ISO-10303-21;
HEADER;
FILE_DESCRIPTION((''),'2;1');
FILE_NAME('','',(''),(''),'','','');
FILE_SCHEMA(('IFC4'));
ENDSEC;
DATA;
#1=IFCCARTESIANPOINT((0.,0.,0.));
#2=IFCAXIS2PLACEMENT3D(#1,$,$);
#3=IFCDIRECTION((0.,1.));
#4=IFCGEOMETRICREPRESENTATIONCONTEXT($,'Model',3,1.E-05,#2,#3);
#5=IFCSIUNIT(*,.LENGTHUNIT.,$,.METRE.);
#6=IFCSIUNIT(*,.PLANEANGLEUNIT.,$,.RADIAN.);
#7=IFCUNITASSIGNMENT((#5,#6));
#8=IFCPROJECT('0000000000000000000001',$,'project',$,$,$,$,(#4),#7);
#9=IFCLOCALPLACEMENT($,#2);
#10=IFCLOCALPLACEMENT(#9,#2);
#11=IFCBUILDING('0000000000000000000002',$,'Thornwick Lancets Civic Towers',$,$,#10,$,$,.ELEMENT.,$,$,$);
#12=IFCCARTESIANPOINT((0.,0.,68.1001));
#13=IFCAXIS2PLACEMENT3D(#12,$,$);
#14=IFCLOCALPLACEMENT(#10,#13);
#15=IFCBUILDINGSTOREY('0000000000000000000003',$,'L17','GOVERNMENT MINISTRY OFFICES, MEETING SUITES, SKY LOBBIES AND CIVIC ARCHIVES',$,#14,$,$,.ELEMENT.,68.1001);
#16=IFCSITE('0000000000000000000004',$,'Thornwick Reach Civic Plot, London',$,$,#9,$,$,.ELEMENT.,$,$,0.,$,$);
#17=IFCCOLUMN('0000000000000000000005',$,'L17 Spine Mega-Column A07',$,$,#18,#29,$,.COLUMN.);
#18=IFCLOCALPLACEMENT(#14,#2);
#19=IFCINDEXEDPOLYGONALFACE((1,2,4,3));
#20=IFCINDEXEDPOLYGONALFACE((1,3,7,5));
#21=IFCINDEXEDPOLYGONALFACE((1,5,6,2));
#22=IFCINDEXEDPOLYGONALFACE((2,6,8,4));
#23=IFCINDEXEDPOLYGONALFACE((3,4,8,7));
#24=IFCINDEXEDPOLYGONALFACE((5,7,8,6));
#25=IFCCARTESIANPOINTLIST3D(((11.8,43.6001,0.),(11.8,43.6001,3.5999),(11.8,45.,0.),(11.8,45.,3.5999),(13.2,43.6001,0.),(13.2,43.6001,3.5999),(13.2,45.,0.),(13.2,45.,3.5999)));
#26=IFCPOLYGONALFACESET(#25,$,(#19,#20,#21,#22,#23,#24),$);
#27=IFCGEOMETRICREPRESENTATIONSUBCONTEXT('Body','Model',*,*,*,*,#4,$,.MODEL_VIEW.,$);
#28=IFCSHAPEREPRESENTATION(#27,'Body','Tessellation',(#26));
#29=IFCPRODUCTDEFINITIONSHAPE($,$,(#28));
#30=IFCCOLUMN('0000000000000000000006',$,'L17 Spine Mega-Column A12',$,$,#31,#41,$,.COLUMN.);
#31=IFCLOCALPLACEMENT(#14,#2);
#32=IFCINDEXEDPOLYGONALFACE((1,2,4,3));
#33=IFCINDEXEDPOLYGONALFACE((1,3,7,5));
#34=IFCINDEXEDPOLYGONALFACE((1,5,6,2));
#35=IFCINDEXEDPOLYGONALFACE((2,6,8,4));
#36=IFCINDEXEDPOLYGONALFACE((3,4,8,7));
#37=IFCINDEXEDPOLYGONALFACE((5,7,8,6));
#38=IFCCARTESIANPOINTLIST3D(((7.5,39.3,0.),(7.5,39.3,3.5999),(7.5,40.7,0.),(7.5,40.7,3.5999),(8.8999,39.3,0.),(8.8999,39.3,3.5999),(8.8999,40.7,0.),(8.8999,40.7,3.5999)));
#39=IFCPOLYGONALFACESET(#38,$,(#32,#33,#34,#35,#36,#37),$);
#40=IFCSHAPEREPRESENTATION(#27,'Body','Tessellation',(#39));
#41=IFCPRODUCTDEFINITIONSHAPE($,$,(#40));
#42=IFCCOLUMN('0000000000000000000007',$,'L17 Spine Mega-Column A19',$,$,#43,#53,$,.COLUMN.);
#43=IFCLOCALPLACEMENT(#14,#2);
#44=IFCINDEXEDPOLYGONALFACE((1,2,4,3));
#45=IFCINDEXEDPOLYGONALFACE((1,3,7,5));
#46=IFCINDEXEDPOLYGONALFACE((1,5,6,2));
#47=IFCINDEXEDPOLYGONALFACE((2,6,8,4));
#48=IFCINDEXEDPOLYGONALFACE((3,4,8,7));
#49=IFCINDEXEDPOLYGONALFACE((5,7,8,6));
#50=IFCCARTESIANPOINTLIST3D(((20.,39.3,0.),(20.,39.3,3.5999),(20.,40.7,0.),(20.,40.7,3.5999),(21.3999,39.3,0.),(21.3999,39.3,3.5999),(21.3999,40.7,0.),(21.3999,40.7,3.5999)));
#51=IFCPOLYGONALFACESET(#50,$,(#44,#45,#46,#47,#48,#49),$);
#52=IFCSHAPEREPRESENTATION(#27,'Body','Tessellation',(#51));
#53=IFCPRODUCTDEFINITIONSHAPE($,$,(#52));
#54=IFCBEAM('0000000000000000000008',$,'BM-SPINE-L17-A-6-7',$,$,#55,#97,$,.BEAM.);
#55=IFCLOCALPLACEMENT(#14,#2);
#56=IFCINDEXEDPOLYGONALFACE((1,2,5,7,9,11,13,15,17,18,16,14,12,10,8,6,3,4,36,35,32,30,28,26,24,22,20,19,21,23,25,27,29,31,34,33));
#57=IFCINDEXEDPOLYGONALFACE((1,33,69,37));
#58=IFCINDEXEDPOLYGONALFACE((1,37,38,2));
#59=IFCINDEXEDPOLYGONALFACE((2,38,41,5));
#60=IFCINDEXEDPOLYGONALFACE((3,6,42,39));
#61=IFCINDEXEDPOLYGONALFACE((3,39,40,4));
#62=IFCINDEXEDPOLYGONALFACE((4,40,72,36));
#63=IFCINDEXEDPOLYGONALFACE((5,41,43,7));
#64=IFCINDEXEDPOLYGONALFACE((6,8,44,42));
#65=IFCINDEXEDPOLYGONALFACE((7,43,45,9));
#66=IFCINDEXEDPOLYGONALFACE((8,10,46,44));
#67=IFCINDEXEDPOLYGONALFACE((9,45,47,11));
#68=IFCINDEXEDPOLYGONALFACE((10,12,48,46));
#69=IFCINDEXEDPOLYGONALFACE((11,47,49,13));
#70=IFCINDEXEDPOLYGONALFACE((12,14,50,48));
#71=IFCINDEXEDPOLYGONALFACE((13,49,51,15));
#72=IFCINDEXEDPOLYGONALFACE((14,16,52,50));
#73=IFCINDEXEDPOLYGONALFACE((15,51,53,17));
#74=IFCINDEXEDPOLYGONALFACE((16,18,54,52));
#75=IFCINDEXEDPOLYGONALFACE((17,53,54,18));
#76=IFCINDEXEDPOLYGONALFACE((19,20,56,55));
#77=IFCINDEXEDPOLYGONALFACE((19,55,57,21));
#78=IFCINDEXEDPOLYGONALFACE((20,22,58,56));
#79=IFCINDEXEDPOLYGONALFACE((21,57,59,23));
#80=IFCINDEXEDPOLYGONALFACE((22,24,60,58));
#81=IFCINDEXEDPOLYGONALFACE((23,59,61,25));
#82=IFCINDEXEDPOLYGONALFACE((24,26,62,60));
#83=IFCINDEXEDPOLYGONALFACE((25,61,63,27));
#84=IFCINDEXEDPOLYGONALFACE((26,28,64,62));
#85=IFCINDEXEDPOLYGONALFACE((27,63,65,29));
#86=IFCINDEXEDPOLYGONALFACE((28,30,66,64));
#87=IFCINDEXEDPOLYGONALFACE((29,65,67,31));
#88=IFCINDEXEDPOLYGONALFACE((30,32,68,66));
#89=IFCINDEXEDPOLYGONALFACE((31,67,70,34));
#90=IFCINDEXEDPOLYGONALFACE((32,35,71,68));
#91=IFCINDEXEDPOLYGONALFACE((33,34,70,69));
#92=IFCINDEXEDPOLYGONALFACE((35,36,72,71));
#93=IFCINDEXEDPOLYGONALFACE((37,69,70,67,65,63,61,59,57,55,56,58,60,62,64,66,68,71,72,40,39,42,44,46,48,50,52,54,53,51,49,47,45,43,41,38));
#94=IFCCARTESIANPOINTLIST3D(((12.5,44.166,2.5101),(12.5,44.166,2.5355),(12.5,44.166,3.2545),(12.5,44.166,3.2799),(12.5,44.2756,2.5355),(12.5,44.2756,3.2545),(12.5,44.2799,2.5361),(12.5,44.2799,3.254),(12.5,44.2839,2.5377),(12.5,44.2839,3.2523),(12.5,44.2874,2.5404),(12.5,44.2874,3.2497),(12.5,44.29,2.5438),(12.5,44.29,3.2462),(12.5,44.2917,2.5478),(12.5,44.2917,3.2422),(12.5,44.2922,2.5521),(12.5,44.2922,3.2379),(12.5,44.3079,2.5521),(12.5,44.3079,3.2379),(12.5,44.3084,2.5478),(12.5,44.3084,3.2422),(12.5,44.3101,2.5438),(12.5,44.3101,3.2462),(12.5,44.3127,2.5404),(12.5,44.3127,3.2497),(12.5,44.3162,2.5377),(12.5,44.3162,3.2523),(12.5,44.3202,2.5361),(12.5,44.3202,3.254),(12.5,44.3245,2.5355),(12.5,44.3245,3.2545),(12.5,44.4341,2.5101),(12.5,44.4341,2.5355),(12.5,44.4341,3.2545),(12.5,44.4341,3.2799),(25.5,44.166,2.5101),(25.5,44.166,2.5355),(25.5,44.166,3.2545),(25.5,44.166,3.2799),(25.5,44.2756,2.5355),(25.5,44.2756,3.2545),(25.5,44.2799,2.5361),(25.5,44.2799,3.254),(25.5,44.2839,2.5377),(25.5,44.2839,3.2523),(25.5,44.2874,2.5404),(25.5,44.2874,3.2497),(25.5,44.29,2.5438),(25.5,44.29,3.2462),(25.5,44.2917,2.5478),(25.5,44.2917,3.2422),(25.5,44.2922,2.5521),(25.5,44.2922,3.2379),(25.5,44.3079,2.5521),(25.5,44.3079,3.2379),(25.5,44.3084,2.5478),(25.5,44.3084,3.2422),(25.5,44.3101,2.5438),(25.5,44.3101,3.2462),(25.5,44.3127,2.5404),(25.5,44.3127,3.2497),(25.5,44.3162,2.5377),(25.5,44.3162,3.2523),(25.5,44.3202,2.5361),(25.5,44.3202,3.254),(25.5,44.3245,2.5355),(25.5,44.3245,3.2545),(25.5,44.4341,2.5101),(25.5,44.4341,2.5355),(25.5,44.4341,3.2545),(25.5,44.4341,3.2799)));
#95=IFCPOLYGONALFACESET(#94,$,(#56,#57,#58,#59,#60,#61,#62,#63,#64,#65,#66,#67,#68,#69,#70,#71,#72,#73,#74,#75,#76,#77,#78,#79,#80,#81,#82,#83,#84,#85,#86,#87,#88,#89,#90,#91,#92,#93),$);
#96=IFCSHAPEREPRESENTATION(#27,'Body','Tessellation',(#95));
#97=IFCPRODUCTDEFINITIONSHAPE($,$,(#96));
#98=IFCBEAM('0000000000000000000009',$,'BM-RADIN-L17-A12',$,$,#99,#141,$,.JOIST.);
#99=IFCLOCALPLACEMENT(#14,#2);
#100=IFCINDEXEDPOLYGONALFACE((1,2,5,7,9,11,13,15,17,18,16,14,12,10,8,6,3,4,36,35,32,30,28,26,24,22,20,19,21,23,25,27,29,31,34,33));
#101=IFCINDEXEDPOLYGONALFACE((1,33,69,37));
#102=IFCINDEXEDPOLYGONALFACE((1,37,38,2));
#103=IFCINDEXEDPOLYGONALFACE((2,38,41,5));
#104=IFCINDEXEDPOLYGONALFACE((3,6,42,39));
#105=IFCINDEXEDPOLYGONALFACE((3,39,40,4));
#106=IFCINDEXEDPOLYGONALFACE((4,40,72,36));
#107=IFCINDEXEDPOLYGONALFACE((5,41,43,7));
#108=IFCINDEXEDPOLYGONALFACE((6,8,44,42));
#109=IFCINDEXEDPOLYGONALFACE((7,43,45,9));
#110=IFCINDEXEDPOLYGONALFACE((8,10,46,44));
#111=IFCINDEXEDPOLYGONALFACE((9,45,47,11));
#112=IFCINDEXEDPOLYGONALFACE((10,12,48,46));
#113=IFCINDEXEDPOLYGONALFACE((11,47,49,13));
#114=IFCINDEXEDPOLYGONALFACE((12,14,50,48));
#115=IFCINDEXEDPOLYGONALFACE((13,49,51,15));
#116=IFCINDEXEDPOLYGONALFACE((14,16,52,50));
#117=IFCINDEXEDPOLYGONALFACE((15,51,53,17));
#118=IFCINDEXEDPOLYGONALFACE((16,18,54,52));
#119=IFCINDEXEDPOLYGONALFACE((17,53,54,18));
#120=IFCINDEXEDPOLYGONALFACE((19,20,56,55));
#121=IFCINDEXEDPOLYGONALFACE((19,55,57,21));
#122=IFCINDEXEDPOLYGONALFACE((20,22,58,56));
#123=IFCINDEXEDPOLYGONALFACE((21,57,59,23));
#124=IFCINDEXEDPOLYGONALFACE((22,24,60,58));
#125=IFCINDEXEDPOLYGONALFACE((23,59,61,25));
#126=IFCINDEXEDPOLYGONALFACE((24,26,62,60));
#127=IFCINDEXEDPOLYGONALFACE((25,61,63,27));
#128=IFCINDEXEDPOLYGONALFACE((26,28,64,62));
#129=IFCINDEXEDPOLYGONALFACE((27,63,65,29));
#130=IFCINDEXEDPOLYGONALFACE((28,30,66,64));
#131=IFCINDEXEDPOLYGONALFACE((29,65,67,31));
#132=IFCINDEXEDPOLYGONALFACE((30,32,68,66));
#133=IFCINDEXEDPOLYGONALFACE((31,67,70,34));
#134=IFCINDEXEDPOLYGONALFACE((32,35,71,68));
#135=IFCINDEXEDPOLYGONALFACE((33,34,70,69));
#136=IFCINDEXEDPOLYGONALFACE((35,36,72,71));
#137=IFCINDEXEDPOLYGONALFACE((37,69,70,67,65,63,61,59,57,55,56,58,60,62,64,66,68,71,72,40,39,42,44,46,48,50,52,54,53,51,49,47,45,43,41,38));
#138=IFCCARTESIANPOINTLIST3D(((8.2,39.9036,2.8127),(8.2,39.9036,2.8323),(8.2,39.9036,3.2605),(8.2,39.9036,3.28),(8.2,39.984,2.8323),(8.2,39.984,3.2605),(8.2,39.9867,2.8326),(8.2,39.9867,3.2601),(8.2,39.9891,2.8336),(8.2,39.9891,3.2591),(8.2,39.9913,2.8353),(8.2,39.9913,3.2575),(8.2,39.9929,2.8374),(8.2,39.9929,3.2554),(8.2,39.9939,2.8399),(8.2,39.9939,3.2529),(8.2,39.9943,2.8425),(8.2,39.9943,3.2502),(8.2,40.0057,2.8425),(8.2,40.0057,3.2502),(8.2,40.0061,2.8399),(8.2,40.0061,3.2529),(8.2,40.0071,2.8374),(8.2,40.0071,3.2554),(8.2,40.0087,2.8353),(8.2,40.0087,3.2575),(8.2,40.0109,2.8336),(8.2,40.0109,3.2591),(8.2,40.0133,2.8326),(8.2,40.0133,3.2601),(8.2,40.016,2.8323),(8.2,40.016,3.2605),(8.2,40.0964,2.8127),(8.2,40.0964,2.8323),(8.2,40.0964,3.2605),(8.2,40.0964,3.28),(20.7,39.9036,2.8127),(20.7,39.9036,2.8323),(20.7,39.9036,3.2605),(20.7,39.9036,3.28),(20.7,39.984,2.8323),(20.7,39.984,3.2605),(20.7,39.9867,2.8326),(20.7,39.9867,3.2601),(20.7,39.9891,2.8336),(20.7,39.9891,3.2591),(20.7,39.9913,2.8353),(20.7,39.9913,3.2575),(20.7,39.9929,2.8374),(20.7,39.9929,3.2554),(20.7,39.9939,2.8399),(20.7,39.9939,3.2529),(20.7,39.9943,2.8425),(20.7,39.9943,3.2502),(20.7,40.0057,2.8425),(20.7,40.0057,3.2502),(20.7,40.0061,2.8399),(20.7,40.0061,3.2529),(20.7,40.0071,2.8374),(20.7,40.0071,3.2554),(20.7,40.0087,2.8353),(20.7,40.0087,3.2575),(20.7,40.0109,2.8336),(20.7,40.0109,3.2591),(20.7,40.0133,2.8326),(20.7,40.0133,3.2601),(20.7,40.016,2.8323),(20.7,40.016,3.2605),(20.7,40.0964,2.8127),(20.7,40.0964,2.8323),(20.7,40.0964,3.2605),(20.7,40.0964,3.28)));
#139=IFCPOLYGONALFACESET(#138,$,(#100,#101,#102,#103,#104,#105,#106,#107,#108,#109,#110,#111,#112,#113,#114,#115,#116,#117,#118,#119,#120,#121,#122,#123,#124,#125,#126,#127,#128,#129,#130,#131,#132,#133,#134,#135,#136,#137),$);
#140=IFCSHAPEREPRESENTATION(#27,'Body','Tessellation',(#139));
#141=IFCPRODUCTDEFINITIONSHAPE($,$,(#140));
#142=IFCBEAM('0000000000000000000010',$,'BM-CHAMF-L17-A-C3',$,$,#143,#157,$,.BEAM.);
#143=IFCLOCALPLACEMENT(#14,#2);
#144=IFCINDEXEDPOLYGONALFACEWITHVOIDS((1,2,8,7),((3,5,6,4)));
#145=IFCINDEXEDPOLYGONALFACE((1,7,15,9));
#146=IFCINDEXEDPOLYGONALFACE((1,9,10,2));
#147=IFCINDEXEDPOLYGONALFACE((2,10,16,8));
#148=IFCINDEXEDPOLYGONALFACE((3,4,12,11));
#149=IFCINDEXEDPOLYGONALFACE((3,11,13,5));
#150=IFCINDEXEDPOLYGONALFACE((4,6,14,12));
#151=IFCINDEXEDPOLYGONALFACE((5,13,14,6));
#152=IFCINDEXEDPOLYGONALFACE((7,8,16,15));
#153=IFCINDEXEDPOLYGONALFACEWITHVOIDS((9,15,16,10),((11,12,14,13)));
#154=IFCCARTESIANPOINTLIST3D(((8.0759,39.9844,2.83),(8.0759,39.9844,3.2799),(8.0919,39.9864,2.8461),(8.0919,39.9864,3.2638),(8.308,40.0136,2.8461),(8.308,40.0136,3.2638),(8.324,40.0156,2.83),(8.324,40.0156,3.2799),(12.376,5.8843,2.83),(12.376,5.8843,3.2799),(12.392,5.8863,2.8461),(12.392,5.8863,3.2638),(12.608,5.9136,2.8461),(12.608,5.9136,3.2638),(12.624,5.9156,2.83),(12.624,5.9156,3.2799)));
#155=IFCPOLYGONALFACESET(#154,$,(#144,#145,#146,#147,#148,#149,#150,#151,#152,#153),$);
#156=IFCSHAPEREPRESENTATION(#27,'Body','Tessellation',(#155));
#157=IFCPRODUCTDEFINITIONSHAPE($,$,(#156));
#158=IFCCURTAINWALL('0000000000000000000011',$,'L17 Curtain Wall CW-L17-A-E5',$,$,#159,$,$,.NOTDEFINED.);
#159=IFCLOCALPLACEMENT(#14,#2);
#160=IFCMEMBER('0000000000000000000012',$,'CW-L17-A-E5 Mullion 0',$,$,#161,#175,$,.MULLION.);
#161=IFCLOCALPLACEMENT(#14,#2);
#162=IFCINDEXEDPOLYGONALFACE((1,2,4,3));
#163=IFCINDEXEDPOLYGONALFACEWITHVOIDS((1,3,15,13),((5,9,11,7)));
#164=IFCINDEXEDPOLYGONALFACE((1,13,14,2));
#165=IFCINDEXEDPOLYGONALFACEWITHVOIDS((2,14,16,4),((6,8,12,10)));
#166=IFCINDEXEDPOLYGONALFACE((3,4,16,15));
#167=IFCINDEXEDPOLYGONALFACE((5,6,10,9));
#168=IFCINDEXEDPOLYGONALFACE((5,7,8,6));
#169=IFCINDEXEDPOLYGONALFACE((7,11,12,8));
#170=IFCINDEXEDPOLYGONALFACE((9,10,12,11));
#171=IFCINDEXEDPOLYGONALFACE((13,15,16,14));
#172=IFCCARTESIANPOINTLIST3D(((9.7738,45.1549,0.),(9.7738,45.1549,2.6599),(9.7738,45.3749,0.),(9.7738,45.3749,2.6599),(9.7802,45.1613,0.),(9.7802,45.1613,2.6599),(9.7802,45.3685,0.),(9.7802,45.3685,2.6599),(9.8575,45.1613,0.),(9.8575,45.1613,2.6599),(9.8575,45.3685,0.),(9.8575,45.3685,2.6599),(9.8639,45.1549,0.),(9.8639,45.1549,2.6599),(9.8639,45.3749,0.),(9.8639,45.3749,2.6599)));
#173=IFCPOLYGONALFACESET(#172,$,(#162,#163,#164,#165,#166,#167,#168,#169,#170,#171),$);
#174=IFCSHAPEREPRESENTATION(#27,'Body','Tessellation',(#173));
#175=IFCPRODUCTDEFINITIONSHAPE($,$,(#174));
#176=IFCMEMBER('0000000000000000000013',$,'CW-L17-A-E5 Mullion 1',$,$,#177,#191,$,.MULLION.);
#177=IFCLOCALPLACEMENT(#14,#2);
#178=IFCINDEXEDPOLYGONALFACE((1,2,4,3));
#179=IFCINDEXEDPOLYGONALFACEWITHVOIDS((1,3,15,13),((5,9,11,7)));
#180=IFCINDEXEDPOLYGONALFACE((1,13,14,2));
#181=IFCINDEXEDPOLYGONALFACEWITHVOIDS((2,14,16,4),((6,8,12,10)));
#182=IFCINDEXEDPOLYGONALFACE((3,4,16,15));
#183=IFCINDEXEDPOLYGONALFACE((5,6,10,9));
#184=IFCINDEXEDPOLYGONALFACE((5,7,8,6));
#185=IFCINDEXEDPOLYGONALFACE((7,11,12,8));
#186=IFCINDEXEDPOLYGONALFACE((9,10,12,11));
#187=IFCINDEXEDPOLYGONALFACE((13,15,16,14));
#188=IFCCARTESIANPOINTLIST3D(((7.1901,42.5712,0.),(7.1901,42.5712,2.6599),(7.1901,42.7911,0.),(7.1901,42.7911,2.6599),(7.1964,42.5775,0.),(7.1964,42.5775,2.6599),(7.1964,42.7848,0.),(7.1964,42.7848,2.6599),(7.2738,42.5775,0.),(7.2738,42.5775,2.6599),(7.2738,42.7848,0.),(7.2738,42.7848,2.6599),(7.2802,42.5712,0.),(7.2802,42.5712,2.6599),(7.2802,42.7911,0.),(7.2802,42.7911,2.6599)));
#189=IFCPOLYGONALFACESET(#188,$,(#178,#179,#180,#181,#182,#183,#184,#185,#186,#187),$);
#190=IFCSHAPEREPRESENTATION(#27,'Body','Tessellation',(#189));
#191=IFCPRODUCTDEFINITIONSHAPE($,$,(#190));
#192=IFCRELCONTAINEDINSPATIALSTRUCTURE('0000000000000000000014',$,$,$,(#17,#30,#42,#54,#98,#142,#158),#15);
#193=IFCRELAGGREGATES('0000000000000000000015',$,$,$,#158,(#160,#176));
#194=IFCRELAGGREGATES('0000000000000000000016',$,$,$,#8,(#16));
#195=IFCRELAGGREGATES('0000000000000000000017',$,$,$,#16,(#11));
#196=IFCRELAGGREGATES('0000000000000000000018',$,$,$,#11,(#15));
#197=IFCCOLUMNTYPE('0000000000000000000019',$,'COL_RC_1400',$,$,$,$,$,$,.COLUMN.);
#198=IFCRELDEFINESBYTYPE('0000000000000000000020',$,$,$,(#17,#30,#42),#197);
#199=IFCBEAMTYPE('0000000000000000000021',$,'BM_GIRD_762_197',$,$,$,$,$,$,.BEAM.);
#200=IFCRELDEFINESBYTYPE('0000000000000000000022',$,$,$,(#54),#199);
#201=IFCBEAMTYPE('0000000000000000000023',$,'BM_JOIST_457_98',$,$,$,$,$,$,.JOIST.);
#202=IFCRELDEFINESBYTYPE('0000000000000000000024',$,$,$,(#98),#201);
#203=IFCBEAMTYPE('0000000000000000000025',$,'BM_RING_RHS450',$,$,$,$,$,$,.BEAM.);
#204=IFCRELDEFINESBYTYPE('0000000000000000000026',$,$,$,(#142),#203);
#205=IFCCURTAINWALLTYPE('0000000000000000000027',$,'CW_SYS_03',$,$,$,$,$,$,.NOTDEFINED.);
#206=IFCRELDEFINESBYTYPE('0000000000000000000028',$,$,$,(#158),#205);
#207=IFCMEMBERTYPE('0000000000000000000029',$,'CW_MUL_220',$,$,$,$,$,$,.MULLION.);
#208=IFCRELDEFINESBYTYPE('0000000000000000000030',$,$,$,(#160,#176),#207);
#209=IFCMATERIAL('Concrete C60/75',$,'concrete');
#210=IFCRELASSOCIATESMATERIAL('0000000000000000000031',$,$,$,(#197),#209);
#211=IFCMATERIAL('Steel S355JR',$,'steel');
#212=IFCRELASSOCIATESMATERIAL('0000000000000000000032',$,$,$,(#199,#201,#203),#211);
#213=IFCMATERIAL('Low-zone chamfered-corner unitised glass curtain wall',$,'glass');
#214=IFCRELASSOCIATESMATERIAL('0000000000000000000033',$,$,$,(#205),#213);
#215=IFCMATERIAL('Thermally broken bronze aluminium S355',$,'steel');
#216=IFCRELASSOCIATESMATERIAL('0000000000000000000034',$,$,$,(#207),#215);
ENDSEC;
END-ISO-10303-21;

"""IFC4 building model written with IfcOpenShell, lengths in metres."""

from ifc_helpers import new_model, si_unit, direction, frame, origin, origin_2d, place, context, subcontext, project, spatial, rectangle, hollow_rectangle, i_section, extrude, material, material_profile, profile_set, type_object, element, aggregate, save


model = new_model("IFC4")

# Units and contexts
model_context = context("Model", 3, precision=1e-05, world=origin(), true_north=direction((0.0, 1.0)))
body_context = subcontext(model_context, "Body", "Model", "MODEL_VIEW")
ifc_project = project(units=[si_unit("LENGTHUNIT", "METRE"), si_unit("PLANEANGLEUNIT", "RADIAN")], contexts=[model_context])

# Site, building, storey
site_placement = place(None, origin())
site = spatial("IfcSite", under=ifc_project, at=site_placement, Name="Thornwick Reach Civic Plot, London", CompositionType="ELEMENT", RefElevation=0.0)
building_placement = place(site_placement, origin())
building = spatial("IfcBuilding", under=site, at=building_placement, Name="Thornwick Lancets Civic Towers", CompositionType="ELEMENT")
storey_placement = place(building_placement, frame((0.0, 0.0, 68.1001)))
storey = spatial("IfcBuildingStorey", under=building, at=storey_placement, Name="L17", Description="GOVERNMENT MINISTRY OFFICES, MEETING SUITES, SKY LOBBIES AND CIVIC ARCHIVES", CompositionType="ELEMENT", Elevation=68.1001)

# Columns
ifc_material_1 = material(Name="Concrete C60/75", Category="concrete")
ifc_material_profile_1 = material_profile(ifc_material_1, rectangle(XDim=1.3999, YDim=1.3999, at=origin_2d()), Name="RC 1400x1400")
ifc_profile_set_1 = profile_set([ifc_material_profile_1], Name="Concrete C60/75")
column_type = type_object("IfcColumnType", Name="COL_RC_1400", PredefinedType="COLUMN", material=ifc_profile_set_1)
for number, where, z_axis, x_axis, name in (
    (1, (12.5, 44.3, 0.0), (0.0, 0.0, 1.0), (1.0, 0.0, 0.0), "L17 Spine Mega-Column A07"),
    (2, (8.2, 40.0, 0.0), (0.0, 0.0, 1.0), (1.0, 0.0, 0.0), "L17 Spine Mega-Column A12"),
    (3, (20.7, 40.0, 0.0), (0.0, 0.0, 1.0), (1.0, 0.0, 0.0), "L17 Spine Mega-Column A19"),
):
    element("IfcColumn", number, at=place(storey_placement, frame(where, z_axis=z_axis, x_axis=x_axis)), inside=storey, type_object=column_type, Name=name, PredefinedType="COLUMN", context=body_context, shape_type="SweptSolid", body=[
        extrude(rectangle(XDim=1.3999, YDim=1.3999, at=origin_2d()), origin(), (0.0, 0.0, 1.0), 3.5999),
    ])

# Beams
ifc_material_2 = material(Name="Steel S355JR", Category="steel")
ifc_material_profile_2 = material_profile(ifc_material_2, i_section(OverallWidth=0.2681, OverallDepth=0.7698, WebThickness=0.0156, FlangeThickness=0.0254, FilletRadius=0.0166, at=origin_2d()), Name="UKB 762x267x197")
ifc_profile_set_2 = profile_set([ifc_material_profile_2], Name="Steel S355JR")
beam_type_1 = type_object("IfcBeamType", Name="BM_GIRD_762_197", PredefinedType="BEAM", material=ifc_profile_set_2)
beam_1_placement = place(storey_placement, frame((12.5, 44.3, 2.895), z_axis=(1.0, 0.0, 0.0), x_axis=(0.0, 1.0, 0.0)))
element("IfcBeam", 4, at=beam_1_placement, inside=storey, type_object=beam_type_1, Name="BM-SPINE-L17-A-6-7", PredefinedType="BEAM", context=body_context, shape_type="SweptSolid", body=[
    extrude(i_section(OverallWidth=0.2681, OverallDepth=0.7698, WebThickness=0.0156, FlangeThickness=0.0254, FilletRadius=0.0166, at=origin_2d()), origin(), (0.0, 0.0, 1.0), 13.0),
])
ifc_material_profile_3 = material_profile(ifc_material_2, i_section(OverallWidth=0.1929, OverallDepth=0.4673, WebThickness=0.0115, FlangeThickness=0.0195, FilletRadius=0.0103, at=origin_2d()), Name="UKB 457x191x98")
ifc_profile_set_3 = profile_set([ifc_material_profile_3], Name="Steel S355JR")
beam_type_2 = type_object("IfcBeamType", Name="BM_JOIST_457_98", PredefinedType="JOIST", material=ifc_profile_set_3)
beam_2_placement = place(storey_placement, frame((20.7, 40.0, 3.0464), z_axis=(-1.0, 0.0, 0.0), x_axis=(0.0, -1.0, 0.0)))
element("IfcBeam", 5, at=beam_2_placement, inside=storey, type_object=beam_type_2, Name="BM-RADIN-L17-A12", PredefinedType="JOIST", context=body_context, shape_type="SweptSolid", body=[
    extrude(i_section(OverallWidth=0.1929, OverallDepth=0.4673, WebThickness=0.0115, FlangeThickness=0.0195, FilletRadius=0.0103, at=origin_2d()), origin(), (0.0, 0.0, 1.0), 12.5),
])
ifc_material_profile_4 = material_profile(ifc_material_2, hollow_rectangle(XDim=0.25, YDim=0.45, WallThickness=0.0161, at=origin_2d()), Name="RHS 450x250x16")
ifc_profile_set_4 = profile_set([ifc_material_profile_4], Name="Steel S355JR")
beam_type_3 = type_object("IfcBeamType", Name="BM_RING_RHS450", PredefinedType="BEAM", material=ifc_profile_set_4)
beam_3_placement = place(storey_placement, frame((8.2, 40.0, 3.0549), z_axis=(0.12511, -0.992143, 0.0), x_axis=(0.992143, 0.12511, 0.0)))
element("IfcBeam", 6, at=beam_3_placement, inside=storey, type_object=beam_type_3, Name="BM-CHAMF-L17-A-C3", PredefinedType="BEAM", context=body_context, shape_type="SweptSolid", body=[
    extrude(hollow_rectangle(XDim=0.25, YDim=0.45, WallThickness=0.0161, at=origin_2d()), origin(), (0.0, 0.0, 1.0), 34.3701),
])

# Curtain wall, members
ifc_material_3 = material(Name="Low-zone chamfered-corner unitised glass curtain wall", Category="glass")
curtain_wall_type = type_object("IfcCurtainWallType", Name="CW_SYS_03", PredefinedType="NOTDEFINED", material=ifc_material_3)
curtain_wall_placement = place(storey_placement, origin())
curtain_wall = element("IfcCurtainWall", 7, at=curtain_wall_placement, inside=storey, type_object=curtain_wall_type, Name="L17 Curtain Wall CW-L17-A-E5", PredefinedType="NOTDEFINED")
ifc_material_4 = material(Name="Thermally broken bronze aluminium S355", Category="steel")
ifc_material_profile_5 = material_profile(ifc_material_4, hollow_rectangle(XDim=0.0901, YDim=0.22, WallThickness=0.0063, at=origin_2d()), Name="RHS 220x90x6.3")
ifc_profile_set_5 = profile_set([ifc_material_profile_5], Name="Thermally broken bronze aluminium S355")
member_type_1 = type_object("IfcMemberType", Name="CW_MUL_220", PredefinedType="MULLION", material=ifc_profile_set_5)
member_1_placement = place(storey_placement, frame((9.8188, 45.2649, 0.0), z_axis=(0.0, 0.0, 1.0), x_axis=(1.0, 0.0, 0.0)))
member_1 = element("IfcMember", 8, at=member_1_placement, type_object=member_type_1, Name="CW-L17-A-E5 Mullion 0", PredefinedType="MULLION", context=body_context, shape_type="SweptSolid", body=[
    extrude(hollow_rectangle(XDim=0.0901, YDim=0.22, WallThickness=0.0063, at=origin_2d()), origin(), (0.0, 0.0, 1.0), 2.6599),
])
member_2_placement = place(storey_placement, frame((7.2351, 42.6812, 0.0), z_axis=(0.0, 0.0, 1.0), x_axis=(1.0, 0.0, 0.0)))
member_2 = element("IfcMember", 9, at=member_2_placement, type_object=member_type_1, Name="CW-L17-A-E5 Mullion 1", PredefinedType="MULLION", context=body_context, shape_type="SweptSolid", body=[
    extrude(hollow_rectangle(XDim=0.0901, YDim=0.22, WallThickness=0.0063, at=origin_2d()), origin(), (0.0, 0.0, 1.0), 2.6599),
])
aggregate(curtain_wall, [member_1, member_2])

save(model, "model.ifc")
